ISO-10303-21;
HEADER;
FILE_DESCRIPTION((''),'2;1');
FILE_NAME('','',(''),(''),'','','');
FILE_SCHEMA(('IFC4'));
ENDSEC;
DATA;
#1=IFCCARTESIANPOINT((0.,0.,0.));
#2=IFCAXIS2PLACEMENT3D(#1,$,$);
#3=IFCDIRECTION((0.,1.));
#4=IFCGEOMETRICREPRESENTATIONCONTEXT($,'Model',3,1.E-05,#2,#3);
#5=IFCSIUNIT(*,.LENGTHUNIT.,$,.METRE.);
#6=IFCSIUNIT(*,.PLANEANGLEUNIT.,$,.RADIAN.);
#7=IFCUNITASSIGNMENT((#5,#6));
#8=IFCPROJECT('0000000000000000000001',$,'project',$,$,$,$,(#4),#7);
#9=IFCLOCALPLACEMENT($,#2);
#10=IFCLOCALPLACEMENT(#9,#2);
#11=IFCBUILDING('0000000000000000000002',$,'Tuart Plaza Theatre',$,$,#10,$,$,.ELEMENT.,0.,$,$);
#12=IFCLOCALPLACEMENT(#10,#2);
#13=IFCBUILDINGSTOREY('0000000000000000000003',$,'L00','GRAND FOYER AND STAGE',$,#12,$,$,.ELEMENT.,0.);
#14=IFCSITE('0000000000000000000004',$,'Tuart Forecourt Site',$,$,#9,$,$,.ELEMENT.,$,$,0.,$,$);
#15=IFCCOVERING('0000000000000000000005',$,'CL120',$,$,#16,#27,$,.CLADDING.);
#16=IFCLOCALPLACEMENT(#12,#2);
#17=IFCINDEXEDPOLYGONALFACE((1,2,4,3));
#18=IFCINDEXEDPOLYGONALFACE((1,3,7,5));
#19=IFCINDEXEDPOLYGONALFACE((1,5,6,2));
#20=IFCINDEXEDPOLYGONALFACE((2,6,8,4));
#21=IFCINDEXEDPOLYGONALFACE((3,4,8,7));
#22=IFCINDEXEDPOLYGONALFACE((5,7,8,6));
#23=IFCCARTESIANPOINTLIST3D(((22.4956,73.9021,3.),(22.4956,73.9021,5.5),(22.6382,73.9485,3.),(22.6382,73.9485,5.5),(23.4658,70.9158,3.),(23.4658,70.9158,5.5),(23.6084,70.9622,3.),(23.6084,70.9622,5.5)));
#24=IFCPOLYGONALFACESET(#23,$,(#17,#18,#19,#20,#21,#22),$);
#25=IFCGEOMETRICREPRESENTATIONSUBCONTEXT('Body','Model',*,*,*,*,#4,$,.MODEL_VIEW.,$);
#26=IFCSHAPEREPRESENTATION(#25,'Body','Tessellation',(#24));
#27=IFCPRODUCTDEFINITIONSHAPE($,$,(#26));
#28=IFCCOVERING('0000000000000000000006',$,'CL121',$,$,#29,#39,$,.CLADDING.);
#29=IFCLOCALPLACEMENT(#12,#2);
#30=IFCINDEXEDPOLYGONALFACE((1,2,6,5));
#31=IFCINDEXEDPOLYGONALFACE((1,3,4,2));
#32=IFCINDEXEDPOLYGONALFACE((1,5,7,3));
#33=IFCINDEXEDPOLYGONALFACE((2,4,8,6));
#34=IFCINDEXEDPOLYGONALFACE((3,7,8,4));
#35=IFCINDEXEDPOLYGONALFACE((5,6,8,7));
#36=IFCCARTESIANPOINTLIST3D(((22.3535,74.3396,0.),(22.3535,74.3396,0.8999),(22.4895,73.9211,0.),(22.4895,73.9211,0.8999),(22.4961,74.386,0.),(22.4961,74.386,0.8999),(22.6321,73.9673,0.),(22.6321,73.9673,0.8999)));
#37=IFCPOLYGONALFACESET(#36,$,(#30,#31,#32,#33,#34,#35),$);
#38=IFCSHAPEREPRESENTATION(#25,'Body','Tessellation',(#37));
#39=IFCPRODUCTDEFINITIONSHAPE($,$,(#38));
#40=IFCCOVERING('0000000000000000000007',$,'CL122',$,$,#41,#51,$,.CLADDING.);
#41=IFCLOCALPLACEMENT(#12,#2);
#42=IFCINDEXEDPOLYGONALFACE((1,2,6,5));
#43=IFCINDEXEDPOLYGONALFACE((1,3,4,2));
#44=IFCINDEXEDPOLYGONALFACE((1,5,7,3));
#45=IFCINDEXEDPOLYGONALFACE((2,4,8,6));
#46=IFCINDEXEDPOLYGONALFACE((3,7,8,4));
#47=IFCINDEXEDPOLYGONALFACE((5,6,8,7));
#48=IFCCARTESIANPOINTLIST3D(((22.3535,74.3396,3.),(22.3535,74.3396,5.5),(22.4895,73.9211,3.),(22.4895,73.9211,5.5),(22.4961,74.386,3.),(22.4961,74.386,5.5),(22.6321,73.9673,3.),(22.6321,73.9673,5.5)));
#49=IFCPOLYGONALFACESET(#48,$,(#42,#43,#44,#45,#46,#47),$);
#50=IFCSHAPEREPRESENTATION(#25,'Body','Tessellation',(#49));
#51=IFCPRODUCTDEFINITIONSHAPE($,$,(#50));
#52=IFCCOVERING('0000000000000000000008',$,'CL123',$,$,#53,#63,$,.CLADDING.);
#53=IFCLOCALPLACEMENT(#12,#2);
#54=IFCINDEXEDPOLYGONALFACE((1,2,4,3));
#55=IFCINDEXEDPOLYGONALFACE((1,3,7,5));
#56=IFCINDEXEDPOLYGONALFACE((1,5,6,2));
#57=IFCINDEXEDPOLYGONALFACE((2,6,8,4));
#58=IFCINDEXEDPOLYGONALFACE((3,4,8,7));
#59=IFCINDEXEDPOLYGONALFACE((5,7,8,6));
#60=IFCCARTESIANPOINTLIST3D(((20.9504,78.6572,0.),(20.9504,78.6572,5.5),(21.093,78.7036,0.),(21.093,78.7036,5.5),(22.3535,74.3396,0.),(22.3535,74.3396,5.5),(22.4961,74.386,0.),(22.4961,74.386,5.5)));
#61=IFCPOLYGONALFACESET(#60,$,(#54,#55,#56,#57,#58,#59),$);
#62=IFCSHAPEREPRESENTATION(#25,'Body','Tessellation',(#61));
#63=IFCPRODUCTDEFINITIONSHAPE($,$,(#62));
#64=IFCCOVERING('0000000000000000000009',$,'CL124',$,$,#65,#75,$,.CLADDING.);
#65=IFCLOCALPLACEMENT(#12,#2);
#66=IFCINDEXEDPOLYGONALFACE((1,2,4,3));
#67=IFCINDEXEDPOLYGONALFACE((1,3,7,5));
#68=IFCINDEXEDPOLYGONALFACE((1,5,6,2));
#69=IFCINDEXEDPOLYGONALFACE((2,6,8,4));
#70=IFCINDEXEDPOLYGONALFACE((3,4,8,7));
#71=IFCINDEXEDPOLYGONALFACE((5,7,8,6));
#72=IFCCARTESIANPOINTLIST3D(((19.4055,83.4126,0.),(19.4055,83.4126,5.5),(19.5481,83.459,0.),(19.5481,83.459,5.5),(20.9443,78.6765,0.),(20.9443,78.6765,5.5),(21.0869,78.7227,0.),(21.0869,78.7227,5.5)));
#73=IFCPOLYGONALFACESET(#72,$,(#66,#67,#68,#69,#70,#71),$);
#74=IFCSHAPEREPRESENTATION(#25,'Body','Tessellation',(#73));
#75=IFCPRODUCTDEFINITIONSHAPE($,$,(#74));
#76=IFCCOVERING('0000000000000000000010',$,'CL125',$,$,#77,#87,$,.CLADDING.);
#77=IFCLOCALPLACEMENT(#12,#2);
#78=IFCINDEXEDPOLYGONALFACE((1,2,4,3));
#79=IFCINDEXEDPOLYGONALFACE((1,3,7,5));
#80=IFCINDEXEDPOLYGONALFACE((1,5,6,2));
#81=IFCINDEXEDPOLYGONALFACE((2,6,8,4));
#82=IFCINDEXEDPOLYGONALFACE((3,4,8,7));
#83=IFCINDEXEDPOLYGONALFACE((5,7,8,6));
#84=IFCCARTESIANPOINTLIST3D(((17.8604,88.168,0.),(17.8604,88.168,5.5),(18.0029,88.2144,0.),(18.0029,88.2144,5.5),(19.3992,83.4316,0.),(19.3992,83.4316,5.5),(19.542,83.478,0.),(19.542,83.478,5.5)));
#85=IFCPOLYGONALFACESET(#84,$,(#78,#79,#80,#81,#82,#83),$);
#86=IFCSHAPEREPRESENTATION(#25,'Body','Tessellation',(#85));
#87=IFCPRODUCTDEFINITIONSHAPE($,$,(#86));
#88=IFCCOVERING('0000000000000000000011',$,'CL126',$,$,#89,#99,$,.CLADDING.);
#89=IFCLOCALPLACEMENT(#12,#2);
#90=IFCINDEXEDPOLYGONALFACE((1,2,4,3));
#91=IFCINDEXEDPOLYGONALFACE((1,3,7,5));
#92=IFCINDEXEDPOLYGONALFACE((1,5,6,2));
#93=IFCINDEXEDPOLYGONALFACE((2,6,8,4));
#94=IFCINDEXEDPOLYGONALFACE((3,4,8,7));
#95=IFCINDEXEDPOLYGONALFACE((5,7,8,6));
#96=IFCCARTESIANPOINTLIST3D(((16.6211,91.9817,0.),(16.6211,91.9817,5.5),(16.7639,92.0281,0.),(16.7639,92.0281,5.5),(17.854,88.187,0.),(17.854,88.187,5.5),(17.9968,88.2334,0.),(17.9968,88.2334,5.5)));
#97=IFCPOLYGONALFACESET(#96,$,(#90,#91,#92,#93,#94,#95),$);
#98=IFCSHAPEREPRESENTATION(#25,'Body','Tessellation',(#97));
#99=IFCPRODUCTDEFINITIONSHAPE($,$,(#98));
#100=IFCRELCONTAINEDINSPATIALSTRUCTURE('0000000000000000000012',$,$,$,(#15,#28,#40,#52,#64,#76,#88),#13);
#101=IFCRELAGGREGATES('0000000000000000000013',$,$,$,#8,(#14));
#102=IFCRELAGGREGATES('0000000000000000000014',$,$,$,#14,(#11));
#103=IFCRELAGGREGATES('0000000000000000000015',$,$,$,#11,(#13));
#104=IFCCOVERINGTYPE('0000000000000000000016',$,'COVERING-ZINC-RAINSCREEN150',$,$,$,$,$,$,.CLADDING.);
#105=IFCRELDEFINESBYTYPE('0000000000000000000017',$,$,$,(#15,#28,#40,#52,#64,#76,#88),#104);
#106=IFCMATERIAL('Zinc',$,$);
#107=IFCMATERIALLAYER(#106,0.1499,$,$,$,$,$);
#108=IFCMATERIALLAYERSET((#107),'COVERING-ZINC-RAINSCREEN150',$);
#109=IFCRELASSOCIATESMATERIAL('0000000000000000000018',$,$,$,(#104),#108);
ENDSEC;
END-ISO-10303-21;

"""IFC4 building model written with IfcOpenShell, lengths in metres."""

from ifc_helpers import new_model, si_unit, direction, frame, origin, place, context, subcontext, project, spatial, polyline, outline, extrude, material, layer, layer_set, type_object, element, save


model = new_model("IFC4")

# Units and contexts
model_context = context("Model", 3, precision=1e-05, world=origin(), true_north=direction((0.0, 1.0)))
body_context = subcontext(model_context, "Body", "Model", "MODEL_VIEW")
ifc_project = project(units=[si_unit("LENGTHUNIT", "METRE"), si_unit("PLANEANGLEUNIT", "RADIAN")], contexts=[model_context])

# Site, building, storey
site_placement = place(None, origin())
site = spatial("IfcSite", under=ifc_project, at=site_placement, Name="Tuart Forecourt Site", CompositionType="ELEMENT", RefElevation=0.0)
building_placement = place(site_placement, origin())
building = spatial("IfcBuilding", under=site, at=building_placement, Name="Tuart Plaza Theatre", CompositionType="ELEMENT", ElevationOfRefHeight=0.0)
storey_placement = place(building_placement, origin())
storey = spatial("IfcBuildingStorey", under=building, at=storey_placement, Name="L00", Description="GRAND FOYER AND STAGE", CompositionType="ELEMENT", Elevation=0.0)

# Coverings
ifc_material_1 = material(Name="Zinc")
ifc_layer_1 = layer(ifc_material_1, 0.1499)
ifc_layer_set_1 = layer_set([ifc_layer_1], Name="COVERING-ZINC-RAINSCREEN150")
covering_type = type_object("IfcCoveringType", Name="COVERING-ZINC-RAINSCREEN150", PredefinedType="CLADDING", material=ifc_layer_set_1)
covering_1_placement = place(storey_placement, frame((0.0, 0.0, 3.0)))
element("IfcCovering", 1, at=covering_1_placement, inside=storey, type_object=covering_type, Name="CL120", PredefinedType="CLADDING", context=body_context, shape_type="SweptSolid", body=[
    extrude(outline(polyline([(23.4658, 70.9158), (22.4956, 73.9021), (22.6382, 73.9485), (23.6084, 70.9622), (23.4658, 70.9158)])), origin(), (0.0, 0.0, 1.0), 2.5),
])
covering_2_placement = place(storey_placement, origin())
element("IfcCovering", 2, at=covering_2_placement, inside=storey, type_object=covering_type, Name="CL121", PredefinedType="CLADDING", context=body_context, shape_type="SweptSolid", body=[
    extrude(outline(polyline([(22.4895, 73.9211), (22.3535, 74.3396), (22.4961, 74.386), (22.6321, 73.9673), (22.4895, 73.9211)])), origin(), (0.0, 0.0, 1.0), 0.8999),
])
covering_3_placement = place(storey_placement, frame((0.0, 0.0, 3.0)))
element("IfcCovering", 3, at=covering_3_placement, inside=storey, type_object=covering_type, Name="CL122", PredefinedType="CLADDING", context=body_context, shape_type="SweptSolid", body=[
    extrude(outline(polyline([(22.4895, 73.9211), (22.3535, 74.3396), (22.4961, 74.386), (22.6321, 73.9673), (22.4895, 73.9211)])), origin(), (0.0, 0.0, 1.0), 2.5),
])
covering_4_placement = place(storey_placement, origin())
element("IfcCovering", 4, at=covering_4_placement, inside=storey, type_object=covering_type, Name="CL123", PredefinedType="CLADDING", context=body_context, shape_type="SweptSolid", body=[
    extrude(outline(polyline([(22.3535, 74.3396), (20.9504, 78.6572), (21.093, 78.7036), (22.4961, 74.386), (22.3535, 74.3396)])), origin(), (0.0, 0.0, 1.0), 5.5),
])
covering_5_placement = place(storey_placement, origin())
element("IfcCovering", 5, at=covering_5_placement, inside=storey, type_object=covering_type, Name="CL124", PredefinedType="CLADDING", context=body_context, shape_type="SweptSolid", body=[
    extrude(outline(polyline([(20.9443, 78.6765), (19.4055, 83.4126), (19.5481, 83.459), (21.0869, 78.7227), (20.9443, 78.6765)])), origin(), (0.0, 0.0, 1.0), 5.5),
])
covering_6_placement = place(storey_placement, origin())
element("IfcCovering", 6, at=covering_6_placement, inside=storey, type_object=covering_type, Name="CL125", PredefinedType="CLADDING", context=body_context, shape_type="SweptSolid", body=[
    extrude(outline(polyline([(19.3992, 83.4316), (17.8604, 88.168), (18.0029, 88.2144), (19.542, 83.478), (19.3992, 83.4316)])), origin(), (0.0, 0.0, 1.0), 5.5),
])
covering_7_placement = place(storey_placement, origin())
element("IfcCovering", 7, at=covering_7_placement, inside=storey, type_object=covering_type, Name="CL126", PredefinedType="CLADDING", context=body_context, shape_type="SweptSolid", body=[
    extrude(outline(polyline([(17.854, 88.187), (16.6211, 91.9817), (16.7639, 92.0281), (17.9968, 88.2334), (17.854, 88.187)])), origin(), (0.0, 0.0, 1.0), 5.5),
])

save(model, "model.ifc")
